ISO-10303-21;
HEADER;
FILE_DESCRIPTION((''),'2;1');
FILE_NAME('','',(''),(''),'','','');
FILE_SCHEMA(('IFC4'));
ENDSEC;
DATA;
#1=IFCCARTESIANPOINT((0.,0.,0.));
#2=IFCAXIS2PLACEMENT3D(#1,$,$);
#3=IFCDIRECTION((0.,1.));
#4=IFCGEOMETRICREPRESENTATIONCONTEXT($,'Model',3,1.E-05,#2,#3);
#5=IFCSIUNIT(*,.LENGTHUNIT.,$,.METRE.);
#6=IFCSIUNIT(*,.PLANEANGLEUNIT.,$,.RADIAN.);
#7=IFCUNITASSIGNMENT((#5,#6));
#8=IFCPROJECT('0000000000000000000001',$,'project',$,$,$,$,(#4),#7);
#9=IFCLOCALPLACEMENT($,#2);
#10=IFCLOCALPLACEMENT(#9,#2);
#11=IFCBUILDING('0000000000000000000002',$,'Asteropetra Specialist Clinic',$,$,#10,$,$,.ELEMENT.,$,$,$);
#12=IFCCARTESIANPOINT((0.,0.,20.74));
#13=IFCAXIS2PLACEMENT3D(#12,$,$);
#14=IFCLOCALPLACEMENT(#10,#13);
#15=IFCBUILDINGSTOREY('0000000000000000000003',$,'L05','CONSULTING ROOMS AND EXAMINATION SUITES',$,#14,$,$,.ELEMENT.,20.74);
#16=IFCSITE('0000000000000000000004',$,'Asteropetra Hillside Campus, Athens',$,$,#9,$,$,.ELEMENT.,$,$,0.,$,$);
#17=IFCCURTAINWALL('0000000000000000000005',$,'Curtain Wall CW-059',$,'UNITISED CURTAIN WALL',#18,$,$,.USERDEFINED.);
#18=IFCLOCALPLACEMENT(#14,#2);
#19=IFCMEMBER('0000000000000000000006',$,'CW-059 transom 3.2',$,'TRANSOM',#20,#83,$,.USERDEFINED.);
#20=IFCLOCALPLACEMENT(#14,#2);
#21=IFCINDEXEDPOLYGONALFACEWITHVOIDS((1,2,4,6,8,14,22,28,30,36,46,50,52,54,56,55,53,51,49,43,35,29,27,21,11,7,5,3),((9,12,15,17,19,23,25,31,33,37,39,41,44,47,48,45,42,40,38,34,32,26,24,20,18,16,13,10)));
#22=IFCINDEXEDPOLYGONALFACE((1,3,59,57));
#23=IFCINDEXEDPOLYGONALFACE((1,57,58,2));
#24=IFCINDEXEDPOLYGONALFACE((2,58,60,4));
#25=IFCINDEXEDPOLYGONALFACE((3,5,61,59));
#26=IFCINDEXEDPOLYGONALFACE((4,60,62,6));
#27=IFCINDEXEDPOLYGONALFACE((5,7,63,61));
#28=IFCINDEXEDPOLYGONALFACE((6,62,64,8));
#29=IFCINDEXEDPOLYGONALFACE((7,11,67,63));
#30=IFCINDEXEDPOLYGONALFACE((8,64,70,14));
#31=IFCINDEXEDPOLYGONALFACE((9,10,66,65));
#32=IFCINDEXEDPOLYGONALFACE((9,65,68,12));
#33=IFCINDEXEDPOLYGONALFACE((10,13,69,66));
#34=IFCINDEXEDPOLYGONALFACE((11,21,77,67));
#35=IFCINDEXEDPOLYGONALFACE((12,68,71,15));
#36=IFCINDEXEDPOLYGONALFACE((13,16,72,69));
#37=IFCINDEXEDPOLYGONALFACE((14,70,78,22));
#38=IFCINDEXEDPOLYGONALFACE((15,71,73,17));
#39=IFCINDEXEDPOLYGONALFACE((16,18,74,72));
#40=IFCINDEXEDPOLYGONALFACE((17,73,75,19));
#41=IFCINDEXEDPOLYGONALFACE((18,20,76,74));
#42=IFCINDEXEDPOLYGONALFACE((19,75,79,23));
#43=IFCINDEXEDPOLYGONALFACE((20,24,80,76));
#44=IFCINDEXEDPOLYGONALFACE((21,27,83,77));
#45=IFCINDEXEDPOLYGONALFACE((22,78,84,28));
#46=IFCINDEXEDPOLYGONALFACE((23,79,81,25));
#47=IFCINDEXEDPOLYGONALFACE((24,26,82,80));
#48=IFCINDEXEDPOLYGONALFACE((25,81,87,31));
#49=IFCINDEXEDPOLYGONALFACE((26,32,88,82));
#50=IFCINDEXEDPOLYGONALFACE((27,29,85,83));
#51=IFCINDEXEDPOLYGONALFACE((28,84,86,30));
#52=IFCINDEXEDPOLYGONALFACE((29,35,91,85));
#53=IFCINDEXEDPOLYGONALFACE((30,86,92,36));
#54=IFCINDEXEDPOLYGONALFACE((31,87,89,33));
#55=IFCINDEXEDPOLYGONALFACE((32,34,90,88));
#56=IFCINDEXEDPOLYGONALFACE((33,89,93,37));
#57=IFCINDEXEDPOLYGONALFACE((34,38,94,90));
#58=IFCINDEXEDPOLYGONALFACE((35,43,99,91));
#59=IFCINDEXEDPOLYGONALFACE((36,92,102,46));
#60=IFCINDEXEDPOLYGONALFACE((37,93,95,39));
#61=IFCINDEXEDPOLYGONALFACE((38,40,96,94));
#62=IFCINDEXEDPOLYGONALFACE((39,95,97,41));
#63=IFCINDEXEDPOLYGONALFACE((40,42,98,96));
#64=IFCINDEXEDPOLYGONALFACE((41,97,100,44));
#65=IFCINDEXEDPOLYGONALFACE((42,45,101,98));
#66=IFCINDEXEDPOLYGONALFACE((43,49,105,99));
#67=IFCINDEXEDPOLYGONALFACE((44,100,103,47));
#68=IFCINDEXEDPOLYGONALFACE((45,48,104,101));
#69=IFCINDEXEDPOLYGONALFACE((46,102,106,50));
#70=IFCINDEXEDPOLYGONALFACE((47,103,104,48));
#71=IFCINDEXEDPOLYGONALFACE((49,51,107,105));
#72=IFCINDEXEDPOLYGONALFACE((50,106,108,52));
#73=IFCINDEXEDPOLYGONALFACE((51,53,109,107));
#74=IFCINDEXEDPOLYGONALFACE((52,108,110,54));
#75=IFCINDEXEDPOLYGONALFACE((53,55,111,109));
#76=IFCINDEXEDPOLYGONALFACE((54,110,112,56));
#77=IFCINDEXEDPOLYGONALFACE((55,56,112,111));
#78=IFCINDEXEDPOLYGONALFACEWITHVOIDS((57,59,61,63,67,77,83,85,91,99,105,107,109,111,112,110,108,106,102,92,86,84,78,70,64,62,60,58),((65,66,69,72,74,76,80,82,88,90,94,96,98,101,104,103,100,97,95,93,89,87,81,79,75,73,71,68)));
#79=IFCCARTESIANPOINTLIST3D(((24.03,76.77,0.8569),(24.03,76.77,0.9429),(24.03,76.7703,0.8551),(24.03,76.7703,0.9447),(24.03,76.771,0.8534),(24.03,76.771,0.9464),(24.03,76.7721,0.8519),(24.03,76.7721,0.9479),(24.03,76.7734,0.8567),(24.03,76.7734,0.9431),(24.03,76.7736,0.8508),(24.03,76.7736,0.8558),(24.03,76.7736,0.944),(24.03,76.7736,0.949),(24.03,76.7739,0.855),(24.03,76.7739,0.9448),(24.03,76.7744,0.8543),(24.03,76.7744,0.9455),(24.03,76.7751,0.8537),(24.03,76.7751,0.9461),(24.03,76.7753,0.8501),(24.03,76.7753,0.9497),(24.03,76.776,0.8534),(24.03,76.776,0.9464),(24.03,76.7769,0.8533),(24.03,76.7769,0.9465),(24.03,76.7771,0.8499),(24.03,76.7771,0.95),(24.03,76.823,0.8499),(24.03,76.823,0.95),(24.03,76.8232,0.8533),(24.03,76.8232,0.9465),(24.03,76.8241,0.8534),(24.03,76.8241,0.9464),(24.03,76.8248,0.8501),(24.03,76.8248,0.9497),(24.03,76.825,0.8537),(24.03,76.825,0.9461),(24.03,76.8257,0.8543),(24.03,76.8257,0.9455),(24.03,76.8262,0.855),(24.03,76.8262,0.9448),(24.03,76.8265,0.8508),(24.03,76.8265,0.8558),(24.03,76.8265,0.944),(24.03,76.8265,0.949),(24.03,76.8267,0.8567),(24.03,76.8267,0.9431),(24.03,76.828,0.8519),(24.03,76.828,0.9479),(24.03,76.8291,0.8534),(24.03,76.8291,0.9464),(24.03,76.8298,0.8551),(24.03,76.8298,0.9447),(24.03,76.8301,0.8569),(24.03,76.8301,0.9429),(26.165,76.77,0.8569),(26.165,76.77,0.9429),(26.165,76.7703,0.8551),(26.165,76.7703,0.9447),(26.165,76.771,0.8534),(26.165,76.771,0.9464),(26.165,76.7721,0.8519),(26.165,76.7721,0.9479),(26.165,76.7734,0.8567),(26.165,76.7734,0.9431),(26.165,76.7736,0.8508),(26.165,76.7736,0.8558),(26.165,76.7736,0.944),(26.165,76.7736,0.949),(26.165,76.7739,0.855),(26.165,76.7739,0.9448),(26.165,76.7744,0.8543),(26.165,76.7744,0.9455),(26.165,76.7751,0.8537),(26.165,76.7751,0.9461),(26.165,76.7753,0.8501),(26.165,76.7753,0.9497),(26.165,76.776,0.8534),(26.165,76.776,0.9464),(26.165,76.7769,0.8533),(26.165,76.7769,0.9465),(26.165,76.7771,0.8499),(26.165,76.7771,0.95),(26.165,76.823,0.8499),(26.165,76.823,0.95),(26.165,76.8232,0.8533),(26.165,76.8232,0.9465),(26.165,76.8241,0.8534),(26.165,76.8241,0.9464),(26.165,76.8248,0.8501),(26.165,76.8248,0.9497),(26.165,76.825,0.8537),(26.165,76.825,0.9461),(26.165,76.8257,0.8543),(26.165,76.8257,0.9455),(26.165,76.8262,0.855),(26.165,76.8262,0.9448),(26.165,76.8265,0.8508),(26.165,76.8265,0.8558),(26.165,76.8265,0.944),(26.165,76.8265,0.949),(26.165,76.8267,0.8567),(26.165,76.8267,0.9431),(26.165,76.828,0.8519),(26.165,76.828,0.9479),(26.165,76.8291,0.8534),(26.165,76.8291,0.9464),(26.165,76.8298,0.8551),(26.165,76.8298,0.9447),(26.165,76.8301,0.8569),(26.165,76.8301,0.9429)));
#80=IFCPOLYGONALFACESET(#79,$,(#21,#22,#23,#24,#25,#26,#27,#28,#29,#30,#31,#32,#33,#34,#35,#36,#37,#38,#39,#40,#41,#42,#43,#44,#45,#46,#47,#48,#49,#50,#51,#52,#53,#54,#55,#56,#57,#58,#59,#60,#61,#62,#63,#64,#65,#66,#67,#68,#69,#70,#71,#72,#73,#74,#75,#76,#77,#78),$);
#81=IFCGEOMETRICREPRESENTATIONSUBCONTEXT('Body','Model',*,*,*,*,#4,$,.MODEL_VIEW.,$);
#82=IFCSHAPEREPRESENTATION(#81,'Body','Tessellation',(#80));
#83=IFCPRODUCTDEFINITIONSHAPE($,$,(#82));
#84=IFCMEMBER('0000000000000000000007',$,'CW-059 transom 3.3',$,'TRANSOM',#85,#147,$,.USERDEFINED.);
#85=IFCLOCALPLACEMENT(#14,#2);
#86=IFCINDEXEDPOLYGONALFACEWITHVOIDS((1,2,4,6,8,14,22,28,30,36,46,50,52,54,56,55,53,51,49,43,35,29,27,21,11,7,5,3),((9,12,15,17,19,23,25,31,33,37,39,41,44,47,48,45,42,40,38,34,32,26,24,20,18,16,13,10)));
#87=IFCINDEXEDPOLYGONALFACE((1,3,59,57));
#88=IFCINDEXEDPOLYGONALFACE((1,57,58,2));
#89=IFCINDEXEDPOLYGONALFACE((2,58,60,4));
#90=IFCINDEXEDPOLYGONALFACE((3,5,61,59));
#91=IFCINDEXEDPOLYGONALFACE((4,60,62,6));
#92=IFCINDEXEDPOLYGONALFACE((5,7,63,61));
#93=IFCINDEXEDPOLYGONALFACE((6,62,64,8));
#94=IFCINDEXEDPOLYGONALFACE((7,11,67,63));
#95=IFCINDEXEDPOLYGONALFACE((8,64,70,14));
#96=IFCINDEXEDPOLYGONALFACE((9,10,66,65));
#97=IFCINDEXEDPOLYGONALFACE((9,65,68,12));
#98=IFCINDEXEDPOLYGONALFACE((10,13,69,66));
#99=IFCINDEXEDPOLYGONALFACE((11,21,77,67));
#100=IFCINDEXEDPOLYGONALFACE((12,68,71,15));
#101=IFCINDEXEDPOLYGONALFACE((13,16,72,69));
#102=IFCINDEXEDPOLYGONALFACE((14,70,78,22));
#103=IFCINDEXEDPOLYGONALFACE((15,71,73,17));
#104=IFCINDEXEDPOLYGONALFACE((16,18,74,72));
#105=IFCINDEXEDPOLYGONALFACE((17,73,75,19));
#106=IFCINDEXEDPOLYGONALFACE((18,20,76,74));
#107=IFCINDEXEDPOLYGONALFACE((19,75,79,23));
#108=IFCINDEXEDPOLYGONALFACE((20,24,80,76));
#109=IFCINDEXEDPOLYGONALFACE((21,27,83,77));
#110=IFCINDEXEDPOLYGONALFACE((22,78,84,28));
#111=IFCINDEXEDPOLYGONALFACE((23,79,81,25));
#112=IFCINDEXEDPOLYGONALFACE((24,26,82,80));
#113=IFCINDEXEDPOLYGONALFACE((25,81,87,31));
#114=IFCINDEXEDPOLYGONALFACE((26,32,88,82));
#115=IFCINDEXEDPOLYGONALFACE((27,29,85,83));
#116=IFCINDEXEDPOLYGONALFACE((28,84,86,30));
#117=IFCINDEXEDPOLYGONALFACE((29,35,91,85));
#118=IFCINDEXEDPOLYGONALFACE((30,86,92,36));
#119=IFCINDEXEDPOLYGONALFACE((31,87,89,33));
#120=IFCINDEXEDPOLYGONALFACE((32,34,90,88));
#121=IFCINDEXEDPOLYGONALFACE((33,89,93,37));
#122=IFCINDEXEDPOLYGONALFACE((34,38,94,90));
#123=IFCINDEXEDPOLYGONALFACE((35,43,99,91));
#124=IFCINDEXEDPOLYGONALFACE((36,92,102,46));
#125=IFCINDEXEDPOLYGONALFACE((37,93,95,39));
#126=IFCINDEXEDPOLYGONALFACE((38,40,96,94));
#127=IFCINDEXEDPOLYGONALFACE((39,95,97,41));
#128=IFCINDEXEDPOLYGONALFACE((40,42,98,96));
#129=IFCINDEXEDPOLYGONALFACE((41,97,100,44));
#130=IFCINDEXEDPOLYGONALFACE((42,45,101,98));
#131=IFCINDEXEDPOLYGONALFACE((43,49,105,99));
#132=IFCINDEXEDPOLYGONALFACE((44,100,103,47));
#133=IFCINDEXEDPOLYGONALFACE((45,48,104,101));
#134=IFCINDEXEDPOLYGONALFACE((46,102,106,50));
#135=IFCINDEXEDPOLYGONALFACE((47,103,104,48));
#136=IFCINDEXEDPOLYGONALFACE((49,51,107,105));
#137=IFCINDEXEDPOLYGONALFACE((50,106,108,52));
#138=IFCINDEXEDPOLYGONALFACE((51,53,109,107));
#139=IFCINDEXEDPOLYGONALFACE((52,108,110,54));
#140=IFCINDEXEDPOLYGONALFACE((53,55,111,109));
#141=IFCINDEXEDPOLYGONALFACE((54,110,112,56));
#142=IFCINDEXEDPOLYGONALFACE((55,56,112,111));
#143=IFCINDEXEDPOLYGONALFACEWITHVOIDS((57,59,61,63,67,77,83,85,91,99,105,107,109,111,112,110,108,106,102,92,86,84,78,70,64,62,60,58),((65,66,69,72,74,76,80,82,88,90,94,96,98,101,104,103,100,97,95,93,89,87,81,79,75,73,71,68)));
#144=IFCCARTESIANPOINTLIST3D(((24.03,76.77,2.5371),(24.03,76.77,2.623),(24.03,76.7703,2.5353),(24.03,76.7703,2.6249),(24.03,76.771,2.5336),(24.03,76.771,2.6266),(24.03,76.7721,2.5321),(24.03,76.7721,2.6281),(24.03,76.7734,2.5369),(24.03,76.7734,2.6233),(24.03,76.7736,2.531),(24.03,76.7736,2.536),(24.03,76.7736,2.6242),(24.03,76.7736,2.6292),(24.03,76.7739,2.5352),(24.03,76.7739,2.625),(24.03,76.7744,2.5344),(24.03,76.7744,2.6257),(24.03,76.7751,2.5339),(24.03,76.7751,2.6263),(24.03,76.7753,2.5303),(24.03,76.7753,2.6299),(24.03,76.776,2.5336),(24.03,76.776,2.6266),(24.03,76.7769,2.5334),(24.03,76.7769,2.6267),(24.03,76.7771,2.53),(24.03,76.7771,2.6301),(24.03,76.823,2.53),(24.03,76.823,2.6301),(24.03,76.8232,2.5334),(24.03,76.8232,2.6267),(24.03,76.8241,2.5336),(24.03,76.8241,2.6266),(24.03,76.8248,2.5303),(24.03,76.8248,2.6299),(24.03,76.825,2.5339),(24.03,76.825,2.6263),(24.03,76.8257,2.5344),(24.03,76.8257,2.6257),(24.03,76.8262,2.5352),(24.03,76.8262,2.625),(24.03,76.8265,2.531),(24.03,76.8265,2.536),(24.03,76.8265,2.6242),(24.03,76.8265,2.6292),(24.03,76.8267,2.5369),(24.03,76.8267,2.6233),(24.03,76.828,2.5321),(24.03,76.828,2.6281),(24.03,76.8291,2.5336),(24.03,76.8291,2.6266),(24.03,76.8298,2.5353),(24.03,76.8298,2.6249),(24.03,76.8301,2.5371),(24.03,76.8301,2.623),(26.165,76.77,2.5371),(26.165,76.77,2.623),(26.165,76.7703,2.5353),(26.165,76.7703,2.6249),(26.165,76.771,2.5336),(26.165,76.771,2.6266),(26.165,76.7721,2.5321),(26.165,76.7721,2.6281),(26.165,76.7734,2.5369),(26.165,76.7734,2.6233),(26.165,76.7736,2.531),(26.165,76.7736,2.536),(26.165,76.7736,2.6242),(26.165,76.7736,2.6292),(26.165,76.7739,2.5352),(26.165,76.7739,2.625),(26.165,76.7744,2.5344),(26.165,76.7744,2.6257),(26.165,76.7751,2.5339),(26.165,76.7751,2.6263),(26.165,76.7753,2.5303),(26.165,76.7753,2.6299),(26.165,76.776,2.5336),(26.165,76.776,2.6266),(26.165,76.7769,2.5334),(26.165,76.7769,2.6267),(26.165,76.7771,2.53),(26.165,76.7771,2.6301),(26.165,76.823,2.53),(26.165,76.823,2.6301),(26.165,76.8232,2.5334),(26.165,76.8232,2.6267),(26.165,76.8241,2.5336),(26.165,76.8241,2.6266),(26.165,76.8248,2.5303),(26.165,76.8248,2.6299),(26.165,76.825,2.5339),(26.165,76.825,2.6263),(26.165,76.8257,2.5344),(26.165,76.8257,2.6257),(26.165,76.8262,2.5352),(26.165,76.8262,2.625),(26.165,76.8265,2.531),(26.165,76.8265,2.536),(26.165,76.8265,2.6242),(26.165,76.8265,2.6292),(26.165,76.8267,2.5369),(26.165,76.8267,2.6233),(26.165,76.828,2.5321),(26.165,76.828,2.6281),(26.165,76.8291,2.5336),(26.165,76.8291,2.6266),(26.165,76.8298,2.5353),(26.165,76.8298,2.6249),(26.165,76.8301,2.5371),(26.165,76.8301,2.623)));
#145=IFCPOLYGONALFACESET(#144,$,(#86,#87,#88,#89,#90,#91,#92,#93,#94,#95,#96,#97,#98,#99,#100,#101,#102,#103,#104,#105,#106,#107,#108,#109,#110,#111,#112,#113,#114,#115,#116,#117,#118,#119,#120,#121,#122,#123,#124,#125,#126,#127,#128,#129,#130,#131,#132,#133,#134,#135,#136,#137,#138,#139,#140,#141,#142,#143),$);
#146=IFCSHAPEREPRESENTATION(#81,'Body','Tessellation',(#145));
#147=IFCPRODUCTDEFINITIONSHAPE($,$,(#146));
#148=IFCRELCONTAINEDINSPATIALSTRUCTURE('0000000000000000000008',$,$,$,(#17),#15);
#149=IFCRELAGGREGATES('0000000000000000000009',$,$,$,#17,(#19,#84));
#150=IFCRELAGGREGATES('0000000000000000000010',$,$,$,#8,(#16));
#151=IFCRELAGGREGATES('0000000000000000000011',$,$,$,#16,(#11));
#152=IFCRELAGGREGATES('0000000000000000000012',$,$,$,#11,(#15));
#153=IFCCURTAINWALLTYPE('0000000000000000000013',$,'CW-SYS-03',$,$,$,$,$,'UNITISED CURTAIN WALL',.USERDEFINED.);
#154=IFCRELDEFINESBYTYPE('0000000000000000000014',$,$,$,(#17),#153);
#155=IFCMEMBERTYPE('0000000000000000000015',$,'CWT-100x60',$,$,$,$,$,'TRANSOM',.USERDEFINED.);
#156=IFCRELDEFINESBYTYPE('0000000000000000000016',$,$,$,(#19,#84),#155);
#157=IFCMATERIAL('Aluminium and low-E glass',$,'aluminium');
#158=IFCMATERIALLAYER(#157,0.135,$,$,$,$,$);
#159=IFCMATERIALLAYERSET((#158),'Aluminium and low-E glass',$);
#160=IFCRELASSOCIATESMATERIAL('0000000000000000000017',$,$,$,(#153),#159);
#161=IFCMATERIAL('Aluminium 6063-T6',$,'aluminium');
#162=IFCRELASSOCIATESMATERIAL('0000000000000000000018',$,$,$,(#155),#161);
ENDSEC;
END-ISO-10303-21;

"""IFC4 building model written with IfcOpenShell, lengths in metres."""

from ifc_helpers import new_model, si_unit, direction, frame, origin, origin_2d, place, context, subcontext, project, spatial, hollow_rectangle, extrude, material, layer, layer_set, material_profile, profile_set, type_object, element, aggregate, save


model = new_model("IFC4")

# Units and contexts
model_context = context("Model", 3, precision=1e-05, world=origin(), true_north=direction((0.0, 1.0)))
body_context = subcontext(model_context, "Body", "Model", "MODEL_VIEW")
ifc_project = project(units=[si_unit("LENGTHUNIT", "METRE"), si_unit("PLANEANGLEUNIT", "RADIAN")], contexts=[model_context])

# Site, building, storey
site_placement = place(None, origin())
site = spatial("IfcSite", under=ifc_project, at=site_placement, Name="Asteropetra Hillside Campus, Athens", CompositionType="ELEMENT", RefElevation=0.0)
building_placement = place(site_placement, origin())
building = spatial("IfcBuilding", under=site, at=building_placement, Name="Asteropetra Specialist Clinic", CompositionType="ELEMENT")
storey_placement = place(building_placement, frame((0.0, 0.0, 20.74)))
storey = spatial("IfcBuildingStorey", under=building, at=storey_placement, Name="L05", Description="CONSULTING ROOMS AND EXAMINATION SUITES", CompositionType="ELEMENT", Elevation=20.74)

# Curtain wall
ifc_material_1 = material(Name="Aluminium and low-E glass", Category="aluminium")
ifc_layer_1 = layer(ifc_material_1, 0.135)
ifc_layer_set_1 = layer_set([ifc_layer_1], Name="Aluminium and low-E glass")
curtain_wall_type_1 = type_object("IfcCurtainWallType", Name="CW-SYS-03", ElementType="UNITISED CURTAIN WALL", PredefinedType="USERDEFINED", material=ifc_layer_set_1)
curtain_wall_1_placement = place(storey_placement, origin())
curtain_wall_1 = element("IfcCurtainWall", 1, at=curtain_wall_1_placement, inside=storey, type_object=curtain_wall_type_1, Name="Curtain Wall CW-059", ObjectType="UNITISED CURTAIN WALL", PredefinedType="USERDEFINED")

# Members
ifc_material_2 = material(Name="Aluminium 6063-T6", Category="aluminium")
ifc_material_profile_1 = material_profile(ifc_material_2, hollow_rectangle(XDim=0.0601, YDim=0.1001, WallThickness=0.0034, InnerFilletRadius=0.0034, OuterFilletRadius=0.0071, at=origin_2d()), Name="TRN 100x60x3.5")
ifc_profile_set_1 = profile_set([ifc_material_profile_1], Name="Aluminium 6063-T6")
member_type_1 = type_object("IfcMemberType", Name="CWT-100x60", ElementType="TRANSOM", PredefinedType="USERDEFINED", material=ifc_profile_set_1)
member_1_placement = place(storey_placement, frame((24.03, 76.8, 0.8999), z_axis=(1.0, 0.0, 0.0), x_axis=(0.0, 1.0, 0.0)))
member_1 = element("IfcMember", 2, at=member_1_placement, type_object=member_type_1, Name="CW-059 transom 3.2", ObjectType="TRANSOM", PredefinedType="USERDEFINED", context=body_context, shape_type="SweptSolid", body=[
    extrude(hollow_rectangle(XDim=0.0601, YDim=0.1001, WallThickness=0.0034, InnerFilletRadius=0.0034, OuterFilletRadius=0.0071, at=origin_2d()), origin(), (0.0, 0.0, 1.0), 2.135),
])
member_2_placement = place(storey_placement, frame((24.03, 76.8, 2.5801), z_axis=(1.0, 0.0, 0.0), x_axis=(0.0, 1.0, 0.0)))
member_2 = element("IfcMember", 3, at=member_2_placement, type_object=member_type_1, Name="CW-059 transom 3.3", ObjectType="TRANSOM", PredefinedType="USERDEFINED", context=body_context, shape_type="SweptSolid", body=[
    extrude(hollow_rectangle(XDim=0.0601, YDim=0.1001, WallThickness=0.0034, InnerFilletRadius=0.0034, OuterFilletRadius=0.0071, at=origin_2d()), origin(), (0.0, 0.0, 1.0), 2.135),
])

aggregate(curtain_wall_1, [member_1, member_2])

save(model, "model.ifc")
